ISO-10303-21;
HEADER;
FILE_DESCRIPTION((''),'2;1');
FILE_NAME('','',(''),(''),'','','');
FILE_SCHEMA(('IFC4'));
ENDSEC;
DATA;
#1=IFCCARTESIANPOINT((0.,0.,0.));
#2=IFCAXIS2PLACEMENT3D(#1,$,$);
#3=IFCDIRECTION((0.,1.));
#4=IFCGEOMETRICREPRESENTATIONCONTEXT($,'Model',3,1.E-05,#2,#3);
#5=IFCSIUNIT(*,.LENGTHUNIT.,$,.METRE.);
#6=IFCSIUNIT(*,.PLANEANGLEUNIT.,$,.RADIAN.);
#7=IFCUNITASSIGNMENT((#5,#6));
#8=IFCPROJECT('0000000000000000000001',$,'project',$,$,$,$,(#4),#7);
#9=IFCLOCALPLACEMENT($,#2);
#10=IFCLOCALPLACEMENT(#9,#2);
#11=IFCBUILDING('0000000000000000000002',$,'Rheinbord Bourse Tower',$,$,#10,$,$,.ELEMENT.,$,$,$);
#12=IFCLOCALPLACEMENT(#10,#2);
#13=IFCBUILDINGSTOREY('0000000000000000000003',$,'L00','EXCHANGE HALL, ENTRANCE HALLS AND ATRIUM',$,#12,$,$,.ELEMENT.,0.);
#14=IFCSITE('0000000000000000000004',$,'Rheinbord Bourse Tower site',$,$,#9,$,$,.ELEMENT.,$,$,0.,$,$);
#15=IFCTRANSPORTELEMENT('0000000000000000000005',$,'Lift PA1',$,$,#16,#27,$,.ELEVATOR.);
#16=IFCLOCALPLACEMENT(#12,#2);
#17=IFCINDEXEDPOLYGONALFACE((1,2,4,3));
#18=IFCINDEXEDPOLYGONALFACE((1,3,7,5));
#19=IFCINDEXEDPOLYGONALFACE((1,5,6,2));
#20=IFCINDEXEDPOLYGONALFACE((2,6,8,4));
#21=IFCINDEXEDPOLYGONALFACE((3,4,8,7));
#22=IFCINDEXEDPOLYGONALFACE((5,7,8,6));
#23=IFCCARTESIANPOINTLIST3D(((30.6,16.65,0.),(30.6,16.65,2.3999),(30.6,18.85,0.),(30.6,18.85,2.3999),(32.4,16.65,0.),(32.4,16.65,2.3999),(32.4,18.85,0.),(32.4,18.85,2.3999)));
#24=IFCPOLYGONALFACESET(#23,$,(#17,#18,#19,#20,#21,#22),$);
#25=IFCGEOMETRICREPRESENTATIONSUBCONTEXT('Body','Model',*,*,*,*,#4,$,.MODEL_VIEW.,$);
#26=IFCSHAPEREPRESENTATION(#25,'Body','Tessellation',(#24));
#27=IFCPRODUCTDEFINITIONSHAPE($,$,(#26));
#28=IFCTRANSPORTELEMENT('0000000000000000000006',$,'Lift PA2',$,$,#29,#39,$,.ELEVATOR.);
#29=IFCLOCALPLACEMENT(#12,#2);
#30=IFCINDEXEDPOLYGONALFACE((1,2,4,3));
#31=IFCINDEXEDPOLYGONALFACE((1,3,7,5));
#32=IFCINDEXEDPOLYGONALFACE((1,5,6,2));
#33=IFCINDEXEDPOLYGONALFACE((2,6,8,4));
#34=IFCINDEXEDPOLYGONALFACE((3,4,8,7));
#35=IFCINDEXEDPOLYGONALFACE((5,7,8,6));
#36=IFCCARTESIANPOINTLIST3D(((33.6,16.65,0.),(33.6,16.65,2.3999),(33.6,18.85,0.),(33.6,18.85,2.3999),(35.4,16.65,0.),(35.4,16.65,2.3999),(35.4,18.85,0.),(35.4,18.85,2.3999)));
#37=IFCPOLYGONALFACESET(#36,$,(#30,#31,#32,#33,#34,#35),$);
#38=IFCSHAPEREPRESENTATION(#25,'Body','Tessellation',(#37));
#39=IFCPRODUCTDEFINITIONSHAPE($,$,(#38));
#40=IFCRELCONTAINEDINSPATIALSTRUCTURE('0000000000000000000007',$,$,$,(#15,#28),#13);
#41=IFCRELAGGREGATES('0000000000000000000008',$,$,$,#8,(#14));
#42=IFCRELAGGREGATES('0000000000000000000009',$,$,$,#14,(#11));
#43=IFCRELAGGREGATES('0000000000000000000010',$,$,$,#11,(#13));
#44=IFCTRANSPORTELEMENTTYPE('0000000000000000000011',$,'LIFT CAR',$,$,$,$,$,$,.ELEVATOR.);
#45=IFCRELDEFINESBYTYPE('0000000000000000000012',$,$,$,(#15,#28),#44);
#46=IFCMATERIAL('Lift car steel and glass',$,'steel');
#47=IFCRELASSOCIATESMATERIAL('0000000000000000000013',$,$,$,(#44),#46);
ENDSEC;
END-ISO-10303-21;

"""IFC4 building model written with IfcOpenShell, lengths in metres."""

from ifc_helpers import new_model, si_unit, direction, frame, origin, origin_2d, place, context, subcontext, project, spatial, rectangle, extrude, material, type_object, element, save


model = new_model("IFC4")

# Units and contexts
model_context = context("Model", 3, precision=1e-05, world=origin(), true_north=direction((0.0, 1.0)))
body_context = subcontext(model_context, "Body", "Model", "MODEL_VIEW")
ifc_project = project(units=[si_unit("LENGTHUNIT", "METRE"), si_unit("PLANEANGLEUNIT", "RADIAN")], contexts=[model_context])

# Site, building, storey
site_placement = place(None, origin())
site = spatial("IfcSite", under=ifc_project, at=site_placement, Name="Rheinbord Bourse Tower site", CompositionType="ELEMENT", RefElevation=0.0)
building_placement = place(site_placement, origin())
building = spatial("IfcBuilding", under=site, at=building_placement, Name="Rheinbord Bourse Tower", CompositionType="ELEMENT")
storey_placement = place(building_placement, origin())
storey = spatial("IfcBuildingStorey", under=building, at=storey_placement, Name="L00", Description="EXCHANGE HALL, ENTRANCE HALLS AND ATRIUM", CompositionType="ELEMENT", Elevation=0.0)

# Transport elements
ifc_material_1 = material(Name="Lift car steel and glass", Category="steel")
transport_element_type = type_object("IfcTransportElementType", Name="LIFT CAR", PredefinedType="ELEVATOR", material=ifc_material_1)
for number, where, z_axis, x_axis, name in (
    (1, (31.5, 17.75, 0.0), (0.0, 0.0, 1.0), (1.0, 0.0, 0.0), "Lift PA1"),
    (2, (34.5, 17.75, 0.0), (0.0, 0.0, 1.0), (1.0, 0.0, 0.0), "Lift PA2"),
):
    element("IfcTransportElement", number, at=place(storey_placement, frame(where, z_axis=z_axis, x_axis=x_axis)), inside=storey, type_object=transport_element_type, Name=name, PredefinedType="ELEVATOR", context=body_context, shape_type="SweptSolid", body=[
        extrude(rectangle(XDim=1.8, YDim=2.2, at=origin_2d()), origin(), (0.0, 0.0, 1.0), 2.3999),
    ])

save(model, "model.ifc")
